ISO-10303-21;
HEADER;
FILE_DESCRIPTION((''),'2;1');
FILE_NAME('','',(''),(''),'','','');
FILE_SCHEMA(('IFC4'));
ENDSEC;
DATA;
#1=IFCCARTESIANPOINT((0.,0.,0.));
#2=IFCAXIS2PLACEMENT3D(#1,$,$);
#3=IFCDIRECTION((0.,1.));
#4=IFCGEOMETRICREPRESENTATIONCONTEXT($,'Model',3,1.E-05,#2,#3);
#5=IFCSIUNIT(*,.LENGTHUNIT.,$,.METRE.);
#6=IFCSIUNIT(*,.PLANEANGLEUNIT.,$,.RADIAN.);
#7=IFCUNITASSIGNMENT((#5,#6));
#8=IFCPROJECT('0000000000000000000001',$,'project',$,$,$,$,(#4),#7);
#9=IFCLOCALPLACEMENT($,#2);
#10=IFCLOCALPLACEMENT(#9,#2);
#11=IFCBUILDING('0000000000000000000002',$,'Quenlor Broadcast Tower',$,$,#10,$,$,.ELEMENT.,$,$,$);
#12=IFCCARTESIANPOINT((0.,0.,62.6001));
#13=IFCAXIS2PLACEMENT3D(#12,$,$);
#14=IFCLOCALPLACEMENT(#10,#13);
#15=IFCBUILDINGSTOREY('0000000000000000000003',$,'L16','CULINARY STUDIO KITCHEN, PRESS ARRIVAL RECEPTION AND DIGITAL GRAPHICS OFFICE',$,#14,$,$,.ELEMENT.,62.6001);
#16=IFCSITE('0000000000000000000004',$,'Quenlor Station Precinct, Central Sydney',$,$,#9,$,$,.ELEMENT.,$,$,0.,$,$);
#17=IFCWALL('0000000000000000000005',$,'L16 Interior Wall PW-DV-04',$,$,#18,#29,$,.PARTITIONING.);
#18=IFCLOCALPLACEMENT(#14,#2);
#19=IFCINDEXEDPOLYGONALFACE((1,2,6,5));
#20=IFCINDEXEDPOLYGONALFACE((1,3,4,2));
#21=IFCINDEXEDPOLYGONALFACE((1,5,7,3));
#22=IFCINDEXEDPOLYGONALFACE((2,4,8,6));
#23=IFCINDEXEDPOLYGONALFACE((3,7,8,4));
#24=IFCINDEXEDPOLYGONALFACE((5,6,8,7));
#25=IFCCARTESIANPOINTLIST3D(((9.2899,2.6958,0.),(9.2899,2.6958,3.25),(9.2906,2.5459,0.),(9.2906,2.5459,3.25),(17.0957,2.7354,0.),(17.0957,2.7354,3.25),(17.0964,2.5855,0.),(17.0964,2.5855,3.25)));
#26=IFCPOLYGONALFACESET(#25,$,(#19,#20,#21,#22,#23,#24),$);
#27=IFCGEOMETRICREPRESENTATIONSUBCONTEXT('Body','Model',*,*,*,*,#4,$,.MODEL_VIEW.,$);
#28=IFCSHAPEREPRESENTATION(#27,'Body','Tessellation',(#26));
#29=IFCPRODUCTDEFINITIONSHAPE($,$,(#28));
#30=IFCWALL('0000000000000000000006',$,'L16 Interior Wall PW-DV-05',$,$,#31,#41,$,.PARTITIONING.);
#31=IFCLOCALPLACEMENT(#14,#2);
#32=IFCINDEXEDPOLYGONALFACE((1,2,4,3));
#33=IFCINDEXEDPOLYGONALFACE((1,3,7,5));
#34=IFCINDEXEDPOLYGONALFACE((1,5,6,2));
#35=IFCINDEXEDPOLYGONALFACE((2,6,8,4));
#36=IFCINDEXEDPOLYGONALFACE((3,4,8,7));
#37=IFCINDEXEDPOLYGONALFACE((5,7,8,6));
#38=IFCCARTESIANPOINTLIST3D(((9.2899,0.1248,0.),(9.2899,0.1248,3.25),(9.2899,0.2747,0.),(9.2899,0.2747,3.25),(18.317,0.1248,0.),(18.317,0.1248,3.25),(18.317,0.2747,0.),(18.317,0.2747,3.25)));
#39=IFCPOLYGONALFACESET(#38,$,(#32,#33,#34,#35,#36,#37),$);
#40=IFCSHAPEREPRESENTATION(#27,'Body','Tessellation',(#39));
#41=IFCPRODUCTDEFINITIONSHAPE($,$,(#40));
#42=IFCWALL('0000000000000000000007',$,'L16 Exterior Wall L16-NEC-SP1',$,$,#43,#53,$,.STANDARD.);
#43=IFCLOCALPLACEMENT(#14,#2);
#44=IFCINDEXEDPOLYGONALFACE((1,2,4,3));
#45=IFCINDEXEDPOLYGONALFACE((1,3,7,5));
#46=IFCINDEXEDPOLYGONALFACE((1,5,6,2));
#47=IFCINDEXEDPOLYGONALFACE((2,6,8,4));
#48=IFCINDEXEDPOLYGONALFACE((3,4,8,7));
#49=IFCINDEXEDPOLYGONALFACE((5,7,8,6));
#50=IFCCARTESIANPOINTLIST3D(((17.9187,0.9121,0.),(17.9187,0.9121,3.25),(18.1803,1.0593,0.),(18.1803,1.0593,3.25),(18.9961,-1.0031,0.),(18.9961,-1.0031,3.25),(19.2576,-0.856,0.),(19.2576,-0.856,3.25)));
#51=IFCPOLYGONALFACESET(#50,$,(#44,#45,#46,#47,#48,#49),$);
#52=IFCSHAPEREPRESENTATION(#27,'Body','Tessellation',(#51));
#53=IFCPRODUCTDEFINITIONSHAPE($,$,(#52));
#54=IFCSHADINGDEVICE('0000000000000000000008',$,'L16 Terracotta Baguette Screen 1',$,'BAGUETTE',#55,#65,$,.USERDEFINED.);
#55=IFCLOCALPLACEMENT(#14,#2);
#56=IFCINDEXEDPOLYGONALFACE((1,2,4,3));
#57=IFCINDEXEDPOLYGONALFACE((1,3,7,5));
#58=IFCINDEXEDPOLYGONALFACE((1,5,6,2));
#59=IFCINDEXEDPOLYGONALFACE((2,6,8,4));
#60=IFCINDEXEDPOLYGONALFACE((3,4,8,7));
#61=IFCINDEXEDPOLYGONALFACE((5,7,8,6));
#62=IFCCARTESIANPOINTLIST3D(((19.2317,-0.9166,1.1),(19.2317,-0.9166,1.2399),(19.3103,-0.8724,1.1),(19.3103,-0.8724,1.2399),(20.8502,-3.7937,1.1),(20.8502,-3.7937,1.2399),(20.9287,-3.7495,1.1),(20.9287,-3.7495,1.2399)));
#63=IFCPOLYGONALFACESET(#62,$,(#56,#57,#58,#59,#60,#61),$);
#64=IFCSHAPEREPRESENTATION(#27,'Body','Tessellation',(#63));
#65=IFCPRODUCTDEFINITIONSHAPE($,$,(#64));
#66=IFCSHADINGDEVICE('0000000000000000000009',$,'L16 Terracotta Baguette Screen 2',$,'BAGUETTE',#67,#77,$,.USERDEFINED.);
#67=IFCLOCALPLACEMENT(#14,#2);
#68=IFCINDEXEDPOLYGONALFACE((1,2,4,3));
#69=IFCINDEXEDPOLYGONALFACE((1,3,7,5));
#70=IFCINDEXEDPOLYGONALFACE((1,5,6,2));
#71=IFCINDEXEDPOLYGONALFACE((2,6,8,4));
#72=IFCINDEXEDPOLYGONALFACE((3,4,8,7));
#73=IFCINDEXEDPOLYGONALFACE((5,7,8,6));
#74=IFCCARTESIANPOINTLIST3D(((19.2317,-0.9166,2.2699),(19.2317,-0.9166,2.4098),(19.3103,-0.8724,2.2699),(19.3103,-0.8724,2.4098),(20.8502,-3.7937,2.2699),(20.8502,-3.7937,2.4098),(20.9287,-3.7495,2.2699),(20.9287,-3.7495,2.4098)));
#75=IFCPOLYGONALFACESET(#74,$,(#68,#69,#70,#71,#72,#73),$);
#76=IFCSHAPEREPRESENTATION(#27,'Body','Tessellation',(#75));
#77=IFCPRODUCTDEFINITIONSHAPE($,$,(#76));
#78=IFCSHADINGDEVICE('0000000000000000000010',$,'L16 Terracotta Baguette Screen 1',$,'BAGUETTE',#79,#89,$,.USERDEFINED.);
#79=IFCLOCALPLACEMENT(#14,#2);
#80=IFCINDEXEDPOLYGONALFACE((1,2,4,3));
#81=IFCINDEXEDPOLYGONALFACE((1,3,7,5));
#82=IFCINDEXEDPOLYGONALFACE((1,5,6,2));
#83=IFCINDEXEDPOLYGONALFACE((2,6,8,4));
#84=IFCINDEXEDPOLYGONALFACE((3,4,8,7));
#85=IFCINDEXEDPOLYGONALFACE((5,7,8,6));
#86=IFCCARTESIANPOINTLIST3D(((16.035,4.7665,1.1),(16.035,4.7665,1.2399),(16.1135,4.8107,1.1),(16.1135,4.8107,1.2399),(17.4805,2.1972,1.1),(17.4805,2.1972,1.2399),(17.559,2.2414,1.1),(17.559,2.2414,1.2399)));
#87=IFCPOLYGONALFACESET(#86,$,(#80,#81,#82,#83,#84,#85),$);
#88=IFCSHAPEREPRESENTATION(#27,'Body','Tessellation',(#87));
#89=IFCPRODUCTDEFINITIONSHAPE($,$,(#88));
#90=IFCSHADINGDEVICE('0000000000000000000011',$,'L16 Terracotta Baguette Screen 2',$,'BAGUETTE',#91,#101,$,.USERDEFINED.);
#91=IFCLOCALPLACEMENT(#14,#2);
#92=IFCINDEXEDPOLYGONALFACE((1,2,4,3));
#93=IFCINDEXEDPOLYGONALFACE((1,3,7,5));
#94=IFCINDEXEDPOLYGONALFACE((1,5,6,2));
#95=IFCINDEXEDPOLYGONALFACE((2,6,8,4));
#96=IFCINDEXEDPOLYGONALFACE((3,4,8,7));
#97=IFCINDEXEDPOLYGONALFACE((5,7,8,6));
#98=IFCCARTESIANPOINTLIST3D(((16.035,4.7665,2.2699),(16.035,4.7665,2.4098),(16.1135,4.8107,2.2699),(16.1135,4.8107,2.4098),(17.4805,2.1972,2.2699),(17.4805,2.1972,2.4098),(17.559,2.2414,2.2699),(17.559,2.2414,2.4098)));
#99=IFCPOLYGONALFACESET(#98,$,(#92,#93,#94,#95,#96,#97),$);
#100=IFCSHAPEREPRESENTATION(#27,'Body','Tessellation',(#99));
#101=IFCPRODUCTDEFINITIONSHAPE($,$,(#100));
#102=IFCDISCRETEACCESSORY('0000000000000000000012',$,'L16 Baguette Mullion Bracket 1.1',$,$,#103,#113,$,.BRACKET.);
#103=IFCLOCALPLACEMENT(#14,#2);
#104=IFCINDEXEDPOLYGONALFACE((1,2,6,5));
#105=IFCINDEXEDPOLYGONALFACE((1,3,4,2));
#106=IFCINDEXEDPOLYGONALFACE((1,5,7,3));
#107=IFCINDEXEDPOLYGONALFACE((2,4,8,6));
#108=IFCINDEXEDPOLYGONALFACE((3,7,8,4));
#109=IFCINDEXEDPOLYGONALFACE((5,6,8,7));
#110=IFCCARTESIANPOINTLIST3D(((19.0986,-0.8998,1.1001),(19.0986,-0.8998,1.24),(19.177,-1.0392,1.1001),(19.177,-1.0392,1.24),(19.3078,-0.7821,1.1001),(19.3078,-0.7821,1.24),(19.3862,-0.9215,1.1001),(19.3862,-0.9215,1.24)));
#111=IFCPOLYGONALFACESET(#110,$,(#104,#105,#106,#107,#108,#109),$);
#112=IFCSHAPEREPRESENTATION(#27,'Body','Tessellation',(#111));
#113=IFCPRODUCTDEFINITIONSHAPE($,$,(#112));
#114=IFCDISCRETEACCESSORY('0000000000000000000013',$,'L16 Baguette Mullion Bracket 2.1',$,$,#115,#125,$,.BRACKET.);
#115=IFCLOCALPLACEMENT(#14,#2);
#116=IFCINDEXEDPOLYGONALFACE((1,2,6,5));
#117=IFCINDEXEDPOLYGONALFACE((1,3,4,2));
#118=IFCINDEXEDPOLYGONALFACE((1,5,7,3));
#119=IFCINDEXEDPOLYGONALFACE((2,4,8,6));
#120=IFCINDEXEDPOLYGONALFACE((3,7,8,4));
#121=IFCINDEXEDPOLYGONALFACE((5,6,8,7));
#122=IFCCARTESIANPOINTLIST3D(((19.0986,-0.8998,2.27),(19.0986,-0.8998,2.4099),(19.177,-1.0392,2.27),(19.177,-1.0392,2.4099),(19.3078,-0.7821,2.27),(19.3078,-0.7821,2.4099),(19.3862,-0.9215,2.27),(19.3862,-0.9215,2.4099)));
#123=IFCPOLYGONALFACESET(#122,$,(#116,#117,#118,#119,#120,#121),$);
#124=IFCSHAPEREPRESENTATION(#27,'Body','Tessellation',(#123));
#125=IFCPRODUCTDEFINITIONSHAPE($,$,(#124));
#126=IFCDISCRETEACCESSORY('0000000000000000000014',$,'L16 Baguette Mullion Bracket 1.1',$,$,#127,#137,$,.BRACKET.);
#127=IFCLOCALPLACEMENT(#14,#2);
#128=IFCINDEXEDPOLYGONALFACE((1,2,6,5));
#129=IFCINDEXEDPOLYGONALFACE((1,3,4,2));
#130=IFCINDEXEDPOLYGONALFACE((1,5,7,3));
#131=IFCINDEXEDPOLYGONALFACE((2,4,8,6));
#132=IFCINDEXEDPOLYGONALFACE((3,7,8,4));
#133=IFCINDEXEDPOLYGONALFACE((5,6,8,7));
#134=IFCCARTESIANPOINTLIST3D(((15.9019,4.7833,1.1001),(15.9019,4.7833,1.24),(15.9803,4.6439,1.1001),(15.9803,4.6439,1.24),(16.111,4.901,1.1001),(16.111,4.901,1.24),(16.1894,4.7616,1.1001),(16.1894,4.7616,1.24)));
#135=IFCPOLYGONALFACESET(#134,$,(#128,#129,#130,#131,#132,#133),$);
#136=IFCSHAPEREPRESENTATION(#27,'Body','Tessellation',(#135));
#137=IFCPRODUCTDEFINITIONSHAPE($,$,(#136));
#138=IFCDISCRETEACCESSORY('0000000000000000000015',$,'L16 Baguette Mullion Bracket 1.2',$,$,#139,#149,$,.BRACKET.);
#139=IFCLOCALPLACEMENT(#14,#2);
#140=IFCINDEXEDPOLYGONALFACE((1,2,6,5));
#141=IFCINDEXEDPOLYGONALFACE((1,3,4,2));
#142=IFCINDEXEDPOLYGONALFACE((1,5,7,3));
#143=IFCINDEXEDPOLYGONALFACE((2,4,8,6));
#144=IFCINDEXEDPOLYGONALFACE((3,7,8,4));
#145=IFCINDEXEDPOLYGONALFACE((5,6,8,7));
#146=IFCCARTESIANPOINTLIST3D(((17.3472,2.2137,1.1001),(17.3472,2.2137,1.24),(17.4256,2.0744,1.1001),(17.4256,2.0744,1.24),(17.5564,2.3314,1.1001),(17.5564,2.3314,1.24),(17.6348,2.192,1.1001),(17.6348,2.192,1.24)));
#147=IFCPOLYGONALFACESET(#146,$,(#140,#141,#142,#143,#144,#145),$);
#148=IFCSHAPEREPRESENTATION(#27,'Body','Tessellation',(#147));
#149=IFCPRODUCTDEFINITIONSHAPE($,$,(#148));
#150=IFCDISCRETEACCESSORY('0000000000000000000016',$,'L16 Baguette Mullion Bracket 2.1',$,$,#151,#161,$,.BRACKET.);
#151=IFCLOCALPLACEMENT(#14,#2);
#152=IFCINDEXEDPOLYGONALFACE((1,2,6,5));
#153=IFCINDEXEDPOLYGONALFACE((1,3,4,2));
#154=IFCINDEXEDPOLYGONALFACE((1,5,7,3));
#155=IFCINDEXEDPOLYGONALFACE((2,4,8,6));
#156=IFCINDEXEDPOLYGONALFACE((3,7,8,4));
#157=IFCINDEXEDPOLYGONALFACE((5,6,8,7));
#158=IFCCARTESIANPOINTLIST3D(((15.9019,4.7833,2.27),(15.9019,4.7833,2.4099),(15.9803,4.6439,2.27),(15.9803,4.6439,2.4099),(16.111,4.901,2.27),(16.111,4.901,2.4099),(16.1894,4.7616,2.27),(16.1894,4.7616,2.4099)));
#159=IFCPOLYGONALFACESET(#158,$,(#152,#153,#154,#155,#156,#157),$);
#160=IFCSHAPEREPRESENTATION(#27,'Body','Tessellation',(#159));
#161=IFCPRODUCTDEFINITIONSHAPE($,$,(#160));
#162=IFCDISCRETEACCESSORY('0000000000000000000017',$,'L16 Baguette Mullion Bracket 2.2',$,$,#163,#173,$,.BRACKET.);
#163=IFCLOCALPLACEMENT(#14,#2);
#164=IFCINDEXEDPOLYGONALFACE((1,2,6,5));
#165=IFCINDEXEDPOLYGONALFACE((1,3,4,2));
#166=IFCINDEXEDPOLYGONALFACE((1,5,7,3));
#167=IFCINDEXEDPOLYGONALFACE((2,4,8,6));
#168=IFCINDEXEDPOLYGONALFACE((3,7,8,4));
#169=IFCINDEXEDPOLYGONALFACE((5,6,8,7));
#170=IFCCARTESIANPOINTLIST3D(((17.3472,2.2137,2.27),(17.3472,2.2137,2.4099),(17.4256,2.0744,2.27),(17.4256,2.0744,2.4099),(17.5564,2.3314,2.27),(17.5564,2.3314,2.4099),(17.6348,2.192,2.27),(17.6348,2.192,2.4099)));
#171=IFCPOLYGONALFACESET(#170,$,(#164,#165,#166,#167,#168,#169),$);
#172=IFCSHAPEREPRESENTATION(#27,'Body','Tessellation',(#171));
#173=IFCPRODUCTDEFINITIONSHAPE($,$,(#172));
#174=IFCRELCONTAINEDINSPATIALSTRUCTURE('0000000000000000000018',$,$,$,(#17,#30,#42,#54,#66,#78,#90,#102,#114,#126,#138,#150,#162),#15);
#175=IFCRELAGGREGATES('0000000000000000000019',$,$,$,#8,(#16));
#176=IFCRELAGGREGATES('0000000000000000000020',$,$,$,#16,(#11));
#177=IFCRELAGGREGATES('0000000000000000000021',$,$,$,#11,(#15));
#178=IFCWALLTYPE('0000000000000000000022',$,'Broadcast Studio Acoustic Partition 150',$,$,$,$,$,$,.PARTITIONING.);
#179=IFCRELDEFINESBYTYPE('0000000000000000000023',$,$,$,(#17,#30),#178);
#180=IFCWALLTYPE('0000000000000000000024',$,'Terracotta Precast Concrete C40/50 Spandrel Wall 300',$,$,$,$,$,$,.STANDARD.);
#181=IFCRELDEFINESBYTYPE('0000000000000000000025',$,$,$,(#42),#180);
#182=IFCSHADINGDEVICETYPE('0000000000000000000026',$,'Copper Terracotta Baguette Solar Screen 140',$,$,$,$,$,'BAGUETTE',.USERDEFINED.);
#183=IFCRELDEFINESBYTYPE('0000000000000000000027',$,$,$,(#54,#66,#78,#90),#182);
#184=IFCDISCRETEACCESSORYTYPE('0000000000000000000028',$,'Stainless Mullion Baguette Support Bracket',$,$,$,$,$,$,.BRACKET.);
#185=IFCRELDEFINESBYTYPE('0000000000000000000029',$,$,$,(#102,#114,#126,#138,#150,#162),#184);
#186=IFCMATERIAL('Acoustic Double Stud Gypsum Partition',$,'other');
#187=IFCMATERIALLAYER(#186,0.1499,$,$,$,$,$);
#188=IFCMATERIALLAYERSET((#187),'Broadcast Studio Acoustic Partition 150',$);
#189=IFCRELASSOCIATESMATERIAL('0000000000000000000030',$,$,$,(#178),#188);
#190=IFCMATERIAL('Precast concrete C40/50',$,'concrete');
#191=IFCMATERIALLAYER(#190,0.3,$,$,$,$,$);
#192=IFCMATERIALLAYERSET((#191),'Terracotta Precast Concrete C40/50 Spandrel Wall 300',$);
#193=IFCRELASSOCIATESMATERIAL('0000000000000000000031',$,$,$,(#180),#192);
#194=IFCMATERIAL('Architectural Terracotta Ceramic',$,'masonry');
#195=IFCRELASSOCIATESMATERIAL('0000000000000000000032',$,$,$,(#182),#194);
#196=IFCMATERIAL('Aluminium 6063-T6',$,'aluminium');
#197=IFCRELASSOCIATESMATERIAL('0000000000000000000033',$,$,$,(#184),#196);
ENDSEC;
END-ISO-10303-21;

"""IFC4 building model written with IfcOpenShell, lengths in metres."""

from ifc_helpers import new_model, si_unit, direction, frame, frame_2d, origin, origin_2d, place, context, subcontext, project, spatial, rectangle, extrude, material, layer, layer_set, material_profile, profile_set, type_object, element, save


model = new_model("IFC4")

# Units and contexts
model_context = context("Model", 3, precision=1e-05, world=origin(), true_north=direction((0.0, 1.0)))
body_context = subcontext(model_context, "Body", "Model", "MODEL_VIEW")
ifc_project = project(units=[si_unit("LENGTHUNIT", "METRE"), si_unit("PLANEANGLEUNIT", "RADIAN")], contexts=[model_context])

# Site, building, storey
site_placement = place(None, origin())
site = spatial("IfcSite", under=ifc_project, at=site_placement, Name="Quenlor Station Precinct, Central Sydney", CompositionType="ELEMENT", RefElevation=0.0)
building_placement = place(site_placement, origin())
building = spatial("IfcBuilding", under=site, at=building_placement, Name="Quenlor Broadcast Tower", CompositionType="ELEMENT")
storey_placement = place(building_placement, frame((0.0, 0.0, 62.6001)))
storey = spatial("IfcBuildingStorey", under=building, at=storey_placement, Name="L16", Description="CULINARY STUDIO KITCHEN, PRESS ARRIVAL RECEPTION AND DIGITAL GRAPHICS OFFICE", CompositionType="ELEMENT", Elevation=62.6001)

# Walls
ifc_material_1 = material(Name="Acoustic Double Stud Gypsum Partition", Category="other")
ifc_layer_1 = layer(ifc_material_1, 0.1499)
ifc_layer_set_1 = layer_set([ifc_layer_1], Name="Broadcast Studio Acoustic Partition 150")
wall_type_1 = type_object("IfcWallType", Name="Broadcast Studio Acoustic Partition 150", PredefinedType="PARTITIONING", material=ifc_layer_set_1)
wall_1_placement = place(storey_placement, frame((17.0959, 2.6604, 0.0), z_axis=(0.0, 0.0, 1.0), x_axis=(-0.999987, -0.005067, 0.0)))
element("IfcWall", 1, at=wall_1_placement, inside=storey, type_object=wall_type_1, Name="L16 Interior Wall PW-DV-04", PredefinedType="PARTITIONING", context=body_context, shape_type="SweptSolid", body=[
    extrude(rectangle(XDim=7.8059, YDim=0.1499, at=frame_2d((3.9028, 0.0))), origin(), (0.0, 0.0, 1.0), 3.25),
])
wall_2_placement = place(storey_placement, frame((18.3171, 0.1997, 0.0), z_axis=(0.0, 0.0, 1.0), x_axis=(-1.0, 0.0, 0.0)))
element("IfcWall", 2, at=wall_2_placement, inside=storey, type_object=wall_type_1, Name="L16 Interior Wall PW-DV-05", PredefinedType="PARTITIONING", context=body_context, shape_type="SweptSolid", body=[
    extrude(rectangle(XDim=9.0271, YDim=0.1499, at=frame_2d((4.5137, 0.0))), origin(), (0.0, 0.0, 1.0), 3.25),
])
ifc_material_2 = material(Name="Precast concrete C40/50", Category="concrete")
ifc_layer_2 = layer(ifc_material_2, 0.3)
ifc_layer_set_2 = layer_set([ifc_layer_2], Name="Terracotta Precast Concrete C40/50 Spandrel Wall 300")
wall_type_2 = type_object("IfcWallType", Name="Terracotta Precast Concrete C40/50 Spandrel Wall 300", PredefinedType="STANDARD", material=ifc_layer_set_2)
wall_3_placement = place(storey_placement, frame((18.0496, 0.9856, 0.0), z_axis=(0.0, 0.0, 1.0), x_axis=(0.490277, -0.871567, 0.0)))
element("IfcWall", 3, at=wall_3_placement, inside=storey, type_object=wall_type_2, Name="L16 Exterior Wall L16-NEC-SP1", PredefinedType="STANDARD", context=body_context, shape_type="SweptSolid", body=[
    extrude(rectangle(XDim=2.1975, YDim=0.3, at=frame_2d((1.0986, 0.0))), origin(), (0.0, 0.0, 1.0), 3.25),
])

# Shading devices
ifc_material_3 = material(Name="Architectural Terracotta Ceramic", Category="masonry")
ifc_material_profile_1 = material_profile(ifc_material_3, rectangle(XDim=0.0901, YDim=0.1399, at=origin_2d()))
ifc_profile_set_1 = profile_set([ifc_material_profile_1], Name="Architectural Terracotta Ceramic BAG90x140")
shading_device_type = type_object("IfcShadingDeviceType", Name="Copper Terracotta Baguette Solar Screen 140", ElementType="BAGUETTE", PredefinedType="USERDEFINED", material=ifc_profile_set_1)
for number, where, z_axis, x_axis, name in (
    (4, (19.271, -0.8945, 1.1699), (0.490289, -0.87156, 0.0), (0.87156, 0.490289, 0.0), "L16 Terracotta Baguette Screen 1"),
    (5, (19.271, -0.8945, 2.3398), (0.490289, -0.87156, 0.0), (0.87156, 0.490289, 0.0), "L16 Terracotta Baguette Screen 2"),
):
    element("IfcShadingDevice", number, at=place(storey_placement, frame(where, z_axis=z_axis, x_axis=x_axis)), inside=storey, type_object=shading_device_type, Name=name, ObjectType="BAGUETTE", PredefinedType="USERDEFINED", context=body_context, shape_type="SweptSolid", body=[
        extrude(rectangle(XDim=0.0901, YDim=0.1399, at=origin_2d()), origin(), (0.0, 0.0, 1.0), 3.301),
    ])
for number, where, z_axis, x_axis, name in (
    (6, (16.0742, 4.7886, 1.1699), (0.49034, -0.871531, 0.0), (0.871531, 0.49034, 0.0), "L16 Terracotta Baguette Screen 1"),
    (7, (16.0742, 4.7886, 2.3398), (0.49034, -0.871531, 0.0), (0.871531, 0.49034, 0.0), "L16 Terracotta Baguette Screen 2"),
):
    element("IfcShadingDevice", number, at=place(storey_placement, frame(where, z_axis=z_axis, x_axis=x_axis)), inside=storey, type_object=shading_device_type, Name=name, ObjectType="BAGUETTE", PredefinedType="USERDEFINED", context=body_context, shape_type="SweptSolid", body=[
        extrude(rectangle(XDim=0.0901, YDim=0.1399, at=origin_2d()), origin(), (0.0, 0.0, 1.0), 2.948),
    ])

# Discrete accessories
ifc_material_4 = material(Name="Aluminium 6063-T6", Category="aluminium")
discrete_accessory_type = type_object("IfcDiscreteAccessoryType", Name="Stainless Mullion Baguette Support Bracket", PredefinedType="BRACKET", material=ifc_material_4)
for number, where, z_axis, x_axis, name in (
    (8, (19.2424, -0.9106, 1.1001), (0.0, 0.0, 1.0), (0.490257, -0.871578, 0.0), "L16 Baguette Mullion Bracket 1.1"),
    (9, (19.2424, -0.9106, 2.27), (0.0, 0.0, 1.0), (0.490257, -0.871578, 0.0), "L16 Baguette Mullion Bracket 2.1"),
    (10, (16.0457, 4.7725, 1.1001), (0.0, 0.0, 1.0), (0.490274, -0.871568, 0.0), "L16 Baguette Mullion Bracket 1.1"),
    (11, (17.491, 2.2029, 1.1001), (0.0, 0.0, 1.0), (0.490274, -0.871568, 0.0), "L16 Baguette Mullion Bracket 1.2"),
    (12, (16.0457, 4.7725, 2.27), (0.0, 0.0, 1.0), (0.490274, -0.871568, 0.0), "L16 Baguette Mullion Bracket 2.1"),
    (13, (17.491, 2.2029, 2.27), (0.0, 0.0, 1.0), (0.490274, -0.871568, 0.0), "L16 Baguette Mullion Bracket 2.2"),
):
    element("IfcDiscreteAccessory", number, at=place(storey_placement, frame(where, z_axis=z_axis, x_axis=x_axis)), inside=storey, type_object=discrete_accessory_type, Name=name, PredefinedType="BRACKET", context=body_context, shape_type="SweptSolid", body=[
        extrude(rectangle(XDim=0.1599, YDim=0.24, at=origin_2d()), origin(), (0.0, 0.0, 1.0), 0.1399),
    ])

save(model, "model.ifc")
